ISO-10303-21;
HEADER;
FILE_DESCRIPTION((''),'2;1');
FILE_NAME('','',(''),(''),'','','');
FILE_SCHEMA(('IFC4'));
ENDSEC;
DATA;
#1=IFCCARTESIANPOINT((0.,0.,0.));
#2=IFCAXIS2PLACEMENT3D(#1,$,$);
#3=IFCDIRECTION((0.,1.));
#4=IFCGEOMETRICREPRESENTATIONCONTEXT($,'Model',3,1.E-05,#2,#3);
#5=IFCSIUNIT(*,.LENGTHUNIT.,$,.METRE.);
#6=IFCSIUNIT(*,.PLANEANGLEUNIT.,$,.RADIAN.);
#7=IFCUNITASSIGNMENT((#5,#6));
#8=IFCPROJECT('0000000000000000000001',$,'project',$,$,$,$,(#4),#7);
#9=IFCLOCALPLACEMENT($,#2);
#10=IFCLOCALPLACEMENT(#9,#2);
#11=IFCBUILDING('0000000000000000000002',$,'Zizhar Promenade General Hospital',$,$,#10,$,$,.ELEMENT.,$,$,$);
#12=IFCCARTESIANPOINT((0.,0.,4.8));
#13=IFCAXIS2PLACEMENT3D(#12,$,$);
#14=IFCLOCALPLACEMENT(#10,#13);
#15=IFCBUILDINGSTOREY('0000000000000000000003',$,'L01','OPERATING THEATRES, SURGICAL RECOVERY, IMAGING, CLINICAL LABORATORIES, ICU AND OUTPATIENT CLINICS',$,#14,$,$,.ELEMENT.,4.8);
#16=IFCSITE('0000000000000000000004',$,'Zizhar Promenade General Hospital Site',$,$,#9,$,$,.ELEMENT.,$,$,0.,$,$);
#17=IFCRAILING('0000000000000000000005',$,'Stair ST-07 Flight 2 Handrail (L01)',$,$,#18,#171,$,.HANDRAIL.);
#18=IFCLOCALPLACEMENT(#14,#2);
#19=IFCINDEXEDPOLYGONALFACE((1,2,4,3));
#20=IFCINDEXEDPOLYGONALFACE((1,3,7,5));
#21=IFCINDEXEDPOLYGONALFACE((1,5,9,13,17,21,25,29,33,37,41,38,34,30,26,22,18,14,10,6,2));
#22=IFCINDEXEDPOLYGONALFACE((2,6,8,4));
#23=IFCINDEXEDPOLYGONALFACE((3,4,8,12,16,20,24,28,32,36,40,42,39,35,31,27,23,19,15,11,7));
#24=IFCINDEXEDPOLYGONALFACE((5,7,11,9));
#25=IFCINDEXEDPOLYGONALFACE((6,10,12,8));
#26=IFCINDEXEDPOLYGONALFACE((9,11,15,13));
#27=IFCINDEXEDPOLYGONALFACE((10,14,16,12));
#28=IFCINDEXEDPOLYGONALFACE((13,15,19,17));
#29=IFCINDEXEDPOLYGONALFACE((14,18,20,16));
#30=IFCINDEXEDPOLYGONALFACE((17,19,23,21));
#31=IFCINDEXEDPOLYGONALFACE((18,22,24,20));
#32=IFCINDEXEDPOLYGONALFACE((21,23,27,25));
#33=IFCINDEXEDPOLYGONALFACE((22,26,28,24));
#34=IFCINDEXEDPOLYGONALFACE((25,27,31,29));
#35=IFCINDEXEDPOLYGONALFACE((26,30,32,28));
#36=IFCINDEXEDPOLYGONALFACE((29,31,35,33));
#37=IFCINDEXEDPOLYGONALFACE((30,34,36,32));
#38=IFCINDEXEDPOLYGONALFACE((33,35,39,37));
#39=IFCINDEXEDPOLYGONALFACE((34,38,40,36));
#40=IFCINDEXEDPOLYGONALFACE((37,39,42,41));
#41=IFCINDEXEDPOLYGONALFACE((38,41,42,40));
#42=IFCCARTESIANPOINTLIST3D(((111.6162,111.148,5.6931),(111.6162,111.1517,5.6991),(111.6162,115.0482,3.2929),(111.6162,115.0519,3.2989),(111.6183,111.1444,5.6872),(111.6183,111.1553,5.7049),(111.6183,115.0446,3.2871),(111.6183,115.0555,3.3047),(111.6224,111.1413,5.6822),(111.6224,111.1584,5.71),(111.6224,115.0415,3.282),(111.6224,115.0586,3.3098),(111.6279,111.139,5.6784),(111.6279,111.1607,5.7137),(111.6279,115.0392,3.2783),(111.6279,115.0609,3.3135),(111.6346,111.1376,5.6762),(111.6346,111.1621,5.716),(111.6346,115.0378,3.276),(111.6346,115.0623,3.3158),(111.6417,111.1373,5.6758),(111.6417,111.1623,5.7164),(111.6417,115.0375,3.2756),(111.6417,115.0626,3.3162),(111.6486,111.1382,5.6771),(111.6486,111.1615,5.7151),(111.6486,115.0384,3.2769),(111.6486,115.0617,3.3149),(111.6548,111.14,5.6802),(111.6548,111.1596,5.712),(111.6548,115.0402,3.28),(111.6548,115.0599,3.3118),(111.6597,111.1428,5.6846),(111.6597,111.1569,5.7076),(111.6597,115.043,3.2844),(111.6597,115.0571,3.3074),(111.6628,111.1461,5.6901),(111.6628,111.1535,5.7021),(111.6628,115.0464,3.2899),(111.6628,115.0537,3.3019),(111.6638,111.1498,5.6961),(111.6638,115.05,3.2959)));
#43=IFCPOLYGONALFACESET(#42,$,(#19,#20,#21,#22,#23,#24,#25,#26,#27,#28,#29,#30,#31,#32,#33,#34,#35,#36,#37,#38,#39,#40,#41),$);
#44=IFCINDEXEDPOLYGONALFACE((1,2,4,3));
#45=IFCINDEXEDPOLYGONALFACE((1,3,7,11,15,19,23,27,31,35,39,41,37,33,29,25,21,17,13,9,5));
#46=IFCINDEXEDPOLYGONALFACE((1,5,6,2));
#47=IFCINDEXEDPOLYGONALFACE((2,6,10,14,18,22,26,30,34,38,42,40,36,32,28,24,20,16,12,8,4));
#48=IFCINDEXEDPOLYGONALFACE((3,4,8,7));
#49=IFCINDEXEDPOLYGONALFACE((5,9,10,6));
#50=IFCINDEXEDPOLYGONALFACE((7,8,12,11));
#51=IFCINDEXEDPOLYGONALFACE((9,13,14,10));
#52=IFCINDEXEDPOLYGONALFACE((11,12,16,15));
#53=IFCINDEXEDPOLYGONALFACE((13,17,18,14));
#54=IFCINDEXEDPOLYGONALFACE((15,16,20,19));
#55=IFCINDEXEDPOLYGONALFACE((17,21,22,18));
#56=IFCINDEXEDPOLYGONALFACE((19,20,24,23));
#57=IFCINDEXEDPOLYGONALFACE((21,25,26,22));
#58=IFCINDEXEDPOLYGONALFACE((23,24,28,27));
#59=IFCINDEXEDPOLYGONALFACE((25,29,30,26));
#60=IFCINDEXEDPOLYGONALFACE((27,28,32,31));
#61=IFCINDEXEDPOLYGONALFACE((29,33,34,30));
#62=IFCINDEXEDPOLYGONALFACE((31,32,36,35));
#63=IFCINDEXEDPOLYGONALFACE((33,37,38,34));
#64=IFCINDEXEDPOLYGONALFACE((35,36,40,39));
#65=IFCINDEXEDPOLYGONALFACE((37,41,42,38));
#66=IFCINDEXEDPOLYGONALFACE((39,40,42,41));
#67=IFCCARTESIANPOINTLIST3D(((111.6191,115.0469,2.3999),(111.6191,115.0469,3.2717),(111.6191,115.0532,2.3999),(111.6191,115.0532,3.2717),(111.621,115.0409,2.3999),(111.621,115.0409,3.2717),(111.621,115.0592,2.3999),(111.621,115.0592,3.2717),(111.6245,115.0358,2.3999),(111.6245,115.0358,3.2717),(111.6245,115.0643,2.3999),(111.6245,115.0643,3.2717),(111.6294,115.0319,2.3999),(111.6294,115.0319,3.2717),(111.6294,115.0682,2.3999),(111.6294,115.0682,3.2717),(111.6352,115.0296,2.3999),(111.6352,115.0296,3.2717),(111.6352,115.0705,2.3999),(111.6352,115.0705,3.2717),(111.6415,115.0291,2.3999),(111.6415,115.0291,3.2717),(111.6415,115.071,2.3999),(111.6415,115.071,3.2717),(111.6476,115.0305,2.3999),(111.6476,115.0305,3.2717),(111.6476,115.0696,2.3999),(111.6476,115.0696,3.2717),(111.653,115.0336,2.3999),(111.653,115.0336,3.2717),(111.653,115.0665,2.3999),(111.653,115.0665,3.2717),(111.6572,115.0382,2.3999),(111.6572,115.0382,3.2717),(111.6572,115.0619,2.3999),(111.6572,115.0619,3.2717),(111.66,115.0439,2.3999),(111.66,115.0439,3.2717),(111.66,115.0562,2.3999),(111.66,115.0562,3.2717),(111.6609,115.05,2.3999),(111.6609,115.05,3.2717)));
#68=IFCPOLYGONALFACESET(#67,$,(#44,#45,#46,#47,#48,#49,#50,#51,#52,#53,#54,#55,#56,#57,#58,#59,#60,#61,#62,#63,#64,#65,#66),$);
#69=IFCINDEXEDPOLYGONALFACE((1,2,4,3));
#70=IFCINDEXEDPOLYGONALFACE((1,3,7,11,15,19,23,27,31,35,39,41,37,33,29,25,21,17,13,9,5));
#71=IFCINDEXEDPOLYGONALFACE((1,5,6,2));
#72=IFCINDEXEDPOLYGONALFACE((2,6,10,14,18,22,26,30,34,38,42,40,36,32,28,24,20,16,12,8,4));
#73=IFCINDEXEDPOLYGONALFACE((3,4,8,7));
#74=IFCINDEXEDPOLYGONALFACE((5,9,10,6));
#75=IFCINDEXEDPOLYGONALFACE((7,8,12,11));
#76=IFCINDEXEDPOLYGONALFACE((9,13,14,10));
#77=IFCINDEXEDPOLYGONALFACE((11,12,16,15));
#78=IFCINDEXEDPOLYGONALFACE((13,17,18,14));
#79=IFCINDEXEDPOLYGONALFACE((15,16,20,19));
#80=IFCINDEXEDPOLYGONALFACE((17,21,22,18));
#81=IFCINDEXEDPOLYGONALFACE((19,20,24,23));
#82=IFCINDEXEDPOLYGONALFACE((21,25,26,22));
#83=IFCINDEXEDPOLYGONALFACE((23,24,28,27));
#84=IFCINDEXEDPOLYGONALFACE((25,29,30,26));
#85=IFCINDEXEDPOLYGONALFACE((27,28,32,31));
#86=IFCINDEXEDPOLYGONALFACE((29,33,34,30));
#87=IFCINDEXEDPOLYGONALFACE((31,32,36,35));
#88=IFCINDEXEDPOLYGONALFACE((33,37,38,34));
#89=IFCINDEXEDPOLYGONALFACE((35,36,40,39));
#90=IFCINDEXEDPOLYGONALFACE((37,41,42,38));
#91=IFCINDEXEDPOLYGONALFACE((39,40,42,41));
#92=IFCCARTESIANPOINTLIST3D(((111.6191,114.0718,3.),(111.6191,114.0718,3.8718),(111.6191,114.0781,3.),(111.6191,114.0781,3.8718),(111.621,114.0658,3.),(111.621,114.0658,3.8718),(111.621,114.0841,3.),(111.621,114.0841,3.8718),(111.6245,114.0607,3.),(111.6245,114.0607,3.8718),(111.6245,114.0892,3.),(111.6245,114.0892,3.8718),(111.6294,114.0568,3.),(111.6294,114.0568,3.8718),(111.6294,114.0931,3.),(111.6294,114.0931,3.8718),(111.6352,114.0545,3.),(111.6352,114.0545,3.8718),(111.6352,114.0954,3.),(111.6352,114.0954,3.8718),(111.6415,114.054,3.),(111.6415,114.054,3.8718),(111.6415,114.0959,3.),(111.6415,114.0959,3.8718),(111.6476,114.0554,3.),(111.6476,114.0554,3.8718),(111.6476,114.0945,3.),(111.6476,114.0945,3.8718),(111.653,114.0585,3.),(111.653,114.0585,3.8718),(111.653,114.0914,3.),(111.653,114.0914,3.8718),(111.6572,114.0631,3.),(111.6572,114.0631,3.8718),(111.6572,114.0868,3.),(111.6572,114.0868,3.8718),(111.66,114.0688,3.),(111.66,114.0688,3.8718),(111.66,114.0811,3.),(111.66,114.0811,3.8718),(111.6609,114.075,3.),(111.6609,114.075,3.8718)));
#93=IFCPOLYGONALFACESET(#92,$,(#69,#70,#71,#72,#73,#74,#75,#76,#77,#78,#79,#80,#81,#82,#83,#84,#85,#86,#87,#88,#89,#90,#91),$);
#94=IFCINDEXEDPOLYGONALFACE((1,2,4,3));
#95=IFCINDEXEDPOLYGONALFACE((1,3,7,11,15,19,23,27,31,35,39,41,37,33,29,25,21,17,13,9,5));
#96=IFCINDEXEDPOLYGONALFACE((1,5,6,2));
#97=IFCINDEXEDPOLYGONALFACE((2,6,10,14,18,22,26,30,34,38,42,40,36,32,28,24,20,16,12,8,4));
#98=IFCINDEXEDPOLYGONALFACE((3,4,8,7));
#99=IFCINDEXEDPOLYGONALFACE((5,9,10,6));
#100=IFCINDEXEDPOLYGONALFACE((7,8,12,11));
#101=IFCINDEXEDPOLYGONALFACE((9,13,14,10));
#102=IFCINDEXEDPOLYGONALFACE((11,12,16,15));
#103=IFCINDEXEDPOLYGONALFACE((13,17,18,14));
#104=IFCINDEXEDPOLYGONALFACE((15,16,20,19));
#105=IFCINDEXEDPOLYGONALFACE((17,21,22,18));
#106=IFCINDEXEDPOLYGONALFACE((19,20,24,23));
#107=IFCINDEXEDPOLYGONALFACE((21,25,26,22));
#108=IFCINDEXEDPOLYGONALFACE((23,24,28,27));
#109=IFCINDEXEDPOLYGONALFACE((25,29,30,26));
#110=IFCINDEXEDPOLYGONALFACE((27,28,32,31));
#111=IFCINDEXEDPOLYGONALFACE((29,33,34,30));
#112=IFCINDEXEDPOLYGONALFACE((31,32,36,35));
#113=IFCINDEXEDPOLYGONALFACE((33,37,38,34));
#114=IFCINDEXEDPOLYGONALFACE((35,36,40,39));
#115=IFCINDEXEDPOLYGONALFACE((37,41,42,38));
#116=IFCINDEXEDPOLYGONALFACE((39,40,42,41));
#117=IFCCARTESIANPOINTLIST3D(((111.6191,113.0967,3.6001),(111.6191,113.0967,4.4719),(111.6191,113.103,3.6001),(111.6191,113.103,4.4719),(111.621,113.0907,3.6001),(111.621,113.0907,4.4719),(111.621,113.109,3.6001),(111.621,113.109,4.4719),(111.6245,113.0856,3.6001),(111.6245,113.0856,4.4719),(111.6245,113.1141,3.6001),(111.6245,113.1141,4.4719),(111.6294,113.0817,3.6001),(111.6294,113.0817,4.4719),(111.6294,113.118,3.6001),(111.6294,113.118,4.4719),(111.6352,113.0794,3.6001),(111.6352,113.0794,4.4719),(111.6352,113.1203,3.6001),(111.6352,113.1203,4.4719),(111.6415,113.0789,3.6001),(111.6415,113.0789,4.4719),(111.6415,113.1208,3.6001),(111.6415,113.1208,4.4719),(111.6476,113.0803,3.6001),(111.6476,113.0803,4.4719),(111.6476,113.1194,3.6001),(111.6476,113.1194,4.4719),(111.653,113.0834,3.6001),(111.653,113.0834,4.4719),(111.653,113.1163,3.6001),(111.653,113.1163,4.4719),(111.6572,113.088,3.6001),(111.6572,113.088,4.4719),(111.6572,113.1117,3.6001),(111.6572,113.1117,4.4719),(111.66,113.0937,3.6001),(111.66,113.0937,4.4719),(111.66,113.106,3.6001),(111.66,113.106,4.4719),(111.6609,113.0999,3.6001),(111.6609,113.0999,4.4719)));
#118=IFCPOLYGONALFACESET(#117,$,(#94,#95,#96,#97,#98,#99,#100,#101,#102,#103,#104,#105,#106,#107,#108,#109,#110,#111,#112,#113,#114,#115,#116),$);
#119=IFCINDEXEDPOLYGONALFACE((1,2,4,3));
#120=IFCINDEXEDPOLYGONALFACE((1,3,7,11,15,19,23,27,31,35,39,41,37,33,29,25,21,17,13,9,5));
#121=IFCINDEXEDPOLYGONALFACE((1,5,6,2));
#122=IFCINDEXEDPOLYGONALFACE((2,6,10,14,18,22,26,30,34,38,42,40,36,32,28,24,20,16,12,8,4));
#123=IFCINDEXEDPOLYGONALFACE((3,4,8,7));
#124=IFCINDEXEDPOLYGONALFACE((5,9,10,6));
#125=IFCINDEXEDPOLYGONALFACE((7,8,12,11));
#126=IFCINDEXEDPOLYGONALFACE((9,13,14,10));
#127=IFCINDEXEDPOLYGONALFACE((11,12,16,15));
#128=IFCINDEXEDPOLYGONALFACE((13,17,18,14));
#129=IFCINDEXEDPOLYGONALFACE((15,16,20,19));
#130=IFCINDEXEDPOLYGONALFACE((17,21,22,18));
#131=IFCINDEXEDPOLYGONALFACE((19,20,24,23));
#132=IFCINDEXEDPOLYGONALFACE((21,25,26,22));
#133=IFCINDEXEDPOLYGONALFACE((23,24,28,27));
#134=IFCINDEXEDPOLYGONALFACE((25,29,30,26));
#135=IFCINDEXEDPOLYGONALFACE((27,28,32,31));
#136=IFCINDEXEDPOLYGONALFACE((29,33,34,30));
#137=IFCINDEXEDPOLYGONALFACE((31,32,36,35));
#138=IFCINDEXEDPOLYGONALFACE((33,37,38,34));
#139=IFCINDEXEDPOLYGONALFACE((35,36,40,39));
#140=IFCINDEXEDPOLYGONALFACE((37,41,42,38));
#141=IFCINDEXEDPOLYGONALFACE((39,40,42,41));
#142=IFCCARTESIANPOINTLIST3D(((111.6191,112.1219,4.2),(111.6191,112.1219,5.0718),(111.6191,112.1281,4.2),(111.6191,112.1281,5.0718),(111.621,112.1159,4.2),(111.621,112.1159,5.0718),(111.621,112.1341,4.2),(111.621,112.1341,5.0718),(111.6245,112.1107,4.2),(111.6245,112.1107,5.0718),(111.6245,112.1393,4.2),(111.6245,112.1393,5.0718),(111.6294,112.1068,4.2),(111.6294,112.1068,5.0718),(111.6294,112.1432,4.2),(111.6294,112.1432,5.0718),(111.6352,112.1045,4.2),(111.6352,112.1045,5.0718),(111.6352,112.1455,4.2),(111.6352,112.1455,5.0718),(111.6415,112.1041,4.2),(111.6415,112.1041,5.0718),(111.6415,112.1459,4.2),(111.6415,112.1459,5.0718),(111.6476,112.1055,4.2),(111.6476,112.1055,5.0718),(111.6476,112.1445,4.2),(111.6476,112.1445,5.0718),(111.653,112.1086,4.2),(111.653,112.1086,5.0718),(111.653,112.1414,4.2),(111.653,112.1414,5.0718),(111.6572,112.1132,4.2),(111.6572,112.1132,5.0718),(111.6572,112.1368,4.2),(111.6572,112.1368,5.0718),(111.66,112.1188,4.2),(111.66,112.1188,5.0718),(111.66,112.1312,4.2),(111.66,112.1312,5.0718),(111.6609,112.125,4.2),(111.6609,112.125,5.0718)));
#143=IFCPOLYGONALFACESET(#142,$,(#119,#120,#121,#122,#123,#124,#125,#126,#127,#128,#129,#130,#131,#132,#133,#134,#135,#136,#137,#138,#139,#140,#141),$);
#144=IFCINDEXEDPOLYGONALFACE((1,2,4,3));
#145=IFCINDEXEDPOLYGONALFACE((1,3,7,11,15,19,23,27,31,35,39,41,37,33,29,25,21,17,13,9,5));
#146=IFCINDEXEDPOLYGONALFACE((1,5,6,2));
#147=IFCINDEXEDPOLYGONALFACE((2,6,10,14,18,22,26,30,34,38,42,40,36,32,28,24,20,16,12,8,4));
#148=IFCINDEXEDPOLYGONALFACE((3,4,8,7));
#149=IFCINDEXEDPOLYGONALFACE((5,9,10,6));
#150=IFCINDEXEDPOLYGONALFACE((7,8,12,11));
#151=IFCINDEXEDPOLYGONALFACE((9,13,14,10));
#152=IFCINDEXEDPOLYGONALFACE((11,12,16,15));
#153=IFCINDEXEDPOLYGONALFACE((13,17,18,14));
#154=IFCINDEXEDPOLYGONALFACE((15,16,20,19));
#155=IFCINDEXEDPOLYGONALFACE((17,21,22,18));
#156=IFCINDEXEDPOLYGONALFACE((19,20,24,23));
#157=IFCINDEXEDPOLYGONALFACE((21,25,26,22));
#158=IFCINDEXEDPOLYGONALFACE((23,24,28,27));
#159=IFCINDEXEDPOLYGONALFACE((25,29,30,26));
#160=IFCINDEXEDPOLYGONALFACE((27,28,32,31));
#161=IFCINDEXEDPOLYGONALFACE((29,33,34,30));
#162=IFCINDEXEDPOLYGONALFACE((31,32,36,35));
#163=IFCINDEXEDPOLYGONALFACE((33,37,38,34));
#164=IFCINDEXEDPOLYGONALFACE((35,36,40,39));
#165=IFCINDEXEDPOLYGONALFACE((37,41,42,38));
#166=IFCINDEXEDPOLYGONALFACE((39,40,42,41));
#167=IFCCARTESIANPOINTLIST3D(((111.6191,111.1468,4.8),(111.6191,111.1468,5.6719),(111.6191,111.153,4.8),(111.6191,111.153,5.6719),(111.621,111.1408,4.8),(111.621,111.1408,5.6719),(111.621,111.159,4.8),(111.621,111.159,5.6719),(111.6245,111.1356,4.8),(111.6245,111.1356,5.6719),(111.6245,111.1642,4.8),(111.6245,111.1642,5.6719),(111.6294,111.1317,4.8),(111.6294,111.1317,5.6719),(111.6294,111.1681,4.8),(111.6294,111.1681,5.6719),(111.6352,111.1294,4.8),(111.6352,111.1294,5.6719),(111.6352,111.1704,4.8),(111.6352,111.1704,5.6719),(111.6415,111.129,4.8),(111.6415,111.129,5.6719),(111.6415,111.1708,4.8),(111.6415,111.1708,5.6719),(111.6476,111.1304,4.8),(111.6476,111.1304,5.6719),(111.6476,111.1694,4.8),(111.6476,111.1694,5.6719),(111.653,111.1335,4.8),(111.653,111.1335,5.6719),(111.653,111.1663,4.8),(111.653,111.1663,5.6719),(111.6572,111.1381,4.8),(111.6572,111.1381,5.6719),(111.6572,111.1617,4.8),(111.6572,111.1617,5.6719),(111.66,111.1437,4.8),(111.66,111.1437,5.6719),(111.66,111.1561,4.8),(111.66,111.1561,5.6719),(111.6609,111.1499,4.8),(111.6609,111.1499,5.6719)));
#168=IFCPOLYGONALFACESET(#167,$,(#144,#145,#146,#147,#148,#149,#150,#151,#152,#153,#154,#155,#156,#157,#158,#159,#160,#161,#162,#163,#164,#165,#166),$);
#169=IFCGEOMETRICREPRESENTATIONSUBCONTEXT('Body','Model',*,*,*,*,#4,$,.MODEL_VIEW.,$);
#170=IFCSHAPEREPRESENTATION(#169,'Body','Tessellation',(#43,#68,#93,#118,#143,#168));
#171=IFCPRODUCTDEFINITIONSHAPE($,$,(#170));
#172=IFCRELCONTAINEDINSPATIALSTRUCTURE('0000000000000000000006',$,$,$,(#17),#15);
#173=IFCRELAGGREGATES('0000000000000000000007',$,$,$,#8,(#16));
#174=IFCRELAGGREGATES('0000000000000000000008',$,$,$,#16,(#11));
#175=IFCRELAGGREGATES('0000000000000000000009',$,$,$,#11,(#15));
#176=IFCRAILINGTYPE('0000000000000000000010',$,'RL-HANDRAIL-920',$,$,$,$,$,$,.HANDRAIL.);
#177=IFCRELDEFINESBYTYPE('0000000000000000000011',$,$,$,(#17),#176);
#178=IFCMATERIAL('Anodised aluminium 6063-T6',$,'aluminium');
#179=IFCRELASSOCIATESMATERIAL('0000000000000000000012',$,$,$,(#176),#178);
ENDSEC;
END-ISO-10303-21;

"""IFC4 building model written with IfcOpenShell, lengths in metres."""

from ifc_helpers import new_model, si_unit, direction, frame, origin, origin_2d, place, context, subcontext, project, spatial, circle, hollow_circle, extrude, material, material_profile, profile_set, type_object, element, save


model = new_model("IFC4")

# Units and contexts
model_context = context("Model", 3, precision=1e-05, world=origin(), true_north=direction((0.0, 1.0)))
body_context = subcontext(model_context, "Body", "Model", "MODEL_VIEW")
ifc_project = project(units=[si_unit("LENGTHUNIT", "METRE"), si_unit("PLANEANGLEUNIT", "RADIAN")], contexts=[model_context])

# Site, building, storey
site_placement = place(None, origin())
site = spatial("IfcSite", under=ifc_project, at=site_placement, Name="Zizhar Promenade General Hospital Site", CompositionType="ELEMENT", RefElevation=0.0)
building_placement = place(site_placement, origin())
building = spatial("IfcBuilding", under=site, at=building_placement, Name="Zizhar Promenade General Hospital", CompositionType="ELEMENT")
storey_placement = place(building_placement, frame((0.0, 0.0, 4.8)))
storey = spatial("IfcBuildingStorey", under=building, at=storey_placement, Name="L01", Description="OPERATING THEATRES, SURGICAL RECOVERY, IMAGING, CLINICAL LABORATORIES, ICU AND OUTPATIENT CLINICS", CompositionType="ELEMENT", Elevation=4.8)

# Railing
ifc_material_1 = material(Name="Anodised aluminium 6063-T6", Category="aluminium")
ifc_material_profile_1 = material_profile(ifc_material_1, hollow_circle(Radius=0.0698, WallThickness=0.0063, at=origin_2d()))
ifc_profile_set_1 = profile_set([ifc_material_profile_1], Name="Anodised aluminium 6063-T6")
railing_type_1 = type_object("IfcRailingType", Name="RL-HANDRAIL-920", PredefinedType="HANDRAIL", material=ifc_profile_set_1)
railing_1_placement = place(storey_placement, frame((111.6399, 115.05, 2.3999)))
element("IfcRailing", 1, at=railing_1_placement, inside=storey, type_object=railing_type_1, Name="Stair ST-07 Flight 2 Handrail (L01)", PredefinedType="HANDRAIL", context=body_context, shape_type="SweptSolid", body=[
    extrude(circle(Radius=0.0239, at=origin_2d()), frame((0.0, 0.0, 0.896), z_axis=(0.0, -0.851653, 0.524106), x_axis=(1.0, 0.0, 0.0)), (0.0, 0.0, 1.0), 4.5796),
    extrude(circle(Radius=0.021, at=origin_2d()), origin(), (0.0, 0.0, 1.0), 0.8718),
    extrude(circle(Radius=0.021, at=origin_2d()), frame((0.0, -0.9751, 0.6001)), (0.0, 0.0, 1.0), 0.8718),
    extrude(circle(Radius=0.021, at=origin_2d()), frame((0.0, -1.9502, 1.2002)), (0.0, 0.0, 1.0), 0.8718),
    extrude(circle(Radius=0.021, at=origin_2d()), frame((0.0, -2.925, 1.8)), (0.0, 0.0, 1.0), 0.8718),
    extrude(circle(Radius=0.021, at=origin_2d()), frame((0.0, -3.9001, 2.4001)), (0.0, 0.0, 1.0), 0.8718),
])

save(model, "model.ifc")
